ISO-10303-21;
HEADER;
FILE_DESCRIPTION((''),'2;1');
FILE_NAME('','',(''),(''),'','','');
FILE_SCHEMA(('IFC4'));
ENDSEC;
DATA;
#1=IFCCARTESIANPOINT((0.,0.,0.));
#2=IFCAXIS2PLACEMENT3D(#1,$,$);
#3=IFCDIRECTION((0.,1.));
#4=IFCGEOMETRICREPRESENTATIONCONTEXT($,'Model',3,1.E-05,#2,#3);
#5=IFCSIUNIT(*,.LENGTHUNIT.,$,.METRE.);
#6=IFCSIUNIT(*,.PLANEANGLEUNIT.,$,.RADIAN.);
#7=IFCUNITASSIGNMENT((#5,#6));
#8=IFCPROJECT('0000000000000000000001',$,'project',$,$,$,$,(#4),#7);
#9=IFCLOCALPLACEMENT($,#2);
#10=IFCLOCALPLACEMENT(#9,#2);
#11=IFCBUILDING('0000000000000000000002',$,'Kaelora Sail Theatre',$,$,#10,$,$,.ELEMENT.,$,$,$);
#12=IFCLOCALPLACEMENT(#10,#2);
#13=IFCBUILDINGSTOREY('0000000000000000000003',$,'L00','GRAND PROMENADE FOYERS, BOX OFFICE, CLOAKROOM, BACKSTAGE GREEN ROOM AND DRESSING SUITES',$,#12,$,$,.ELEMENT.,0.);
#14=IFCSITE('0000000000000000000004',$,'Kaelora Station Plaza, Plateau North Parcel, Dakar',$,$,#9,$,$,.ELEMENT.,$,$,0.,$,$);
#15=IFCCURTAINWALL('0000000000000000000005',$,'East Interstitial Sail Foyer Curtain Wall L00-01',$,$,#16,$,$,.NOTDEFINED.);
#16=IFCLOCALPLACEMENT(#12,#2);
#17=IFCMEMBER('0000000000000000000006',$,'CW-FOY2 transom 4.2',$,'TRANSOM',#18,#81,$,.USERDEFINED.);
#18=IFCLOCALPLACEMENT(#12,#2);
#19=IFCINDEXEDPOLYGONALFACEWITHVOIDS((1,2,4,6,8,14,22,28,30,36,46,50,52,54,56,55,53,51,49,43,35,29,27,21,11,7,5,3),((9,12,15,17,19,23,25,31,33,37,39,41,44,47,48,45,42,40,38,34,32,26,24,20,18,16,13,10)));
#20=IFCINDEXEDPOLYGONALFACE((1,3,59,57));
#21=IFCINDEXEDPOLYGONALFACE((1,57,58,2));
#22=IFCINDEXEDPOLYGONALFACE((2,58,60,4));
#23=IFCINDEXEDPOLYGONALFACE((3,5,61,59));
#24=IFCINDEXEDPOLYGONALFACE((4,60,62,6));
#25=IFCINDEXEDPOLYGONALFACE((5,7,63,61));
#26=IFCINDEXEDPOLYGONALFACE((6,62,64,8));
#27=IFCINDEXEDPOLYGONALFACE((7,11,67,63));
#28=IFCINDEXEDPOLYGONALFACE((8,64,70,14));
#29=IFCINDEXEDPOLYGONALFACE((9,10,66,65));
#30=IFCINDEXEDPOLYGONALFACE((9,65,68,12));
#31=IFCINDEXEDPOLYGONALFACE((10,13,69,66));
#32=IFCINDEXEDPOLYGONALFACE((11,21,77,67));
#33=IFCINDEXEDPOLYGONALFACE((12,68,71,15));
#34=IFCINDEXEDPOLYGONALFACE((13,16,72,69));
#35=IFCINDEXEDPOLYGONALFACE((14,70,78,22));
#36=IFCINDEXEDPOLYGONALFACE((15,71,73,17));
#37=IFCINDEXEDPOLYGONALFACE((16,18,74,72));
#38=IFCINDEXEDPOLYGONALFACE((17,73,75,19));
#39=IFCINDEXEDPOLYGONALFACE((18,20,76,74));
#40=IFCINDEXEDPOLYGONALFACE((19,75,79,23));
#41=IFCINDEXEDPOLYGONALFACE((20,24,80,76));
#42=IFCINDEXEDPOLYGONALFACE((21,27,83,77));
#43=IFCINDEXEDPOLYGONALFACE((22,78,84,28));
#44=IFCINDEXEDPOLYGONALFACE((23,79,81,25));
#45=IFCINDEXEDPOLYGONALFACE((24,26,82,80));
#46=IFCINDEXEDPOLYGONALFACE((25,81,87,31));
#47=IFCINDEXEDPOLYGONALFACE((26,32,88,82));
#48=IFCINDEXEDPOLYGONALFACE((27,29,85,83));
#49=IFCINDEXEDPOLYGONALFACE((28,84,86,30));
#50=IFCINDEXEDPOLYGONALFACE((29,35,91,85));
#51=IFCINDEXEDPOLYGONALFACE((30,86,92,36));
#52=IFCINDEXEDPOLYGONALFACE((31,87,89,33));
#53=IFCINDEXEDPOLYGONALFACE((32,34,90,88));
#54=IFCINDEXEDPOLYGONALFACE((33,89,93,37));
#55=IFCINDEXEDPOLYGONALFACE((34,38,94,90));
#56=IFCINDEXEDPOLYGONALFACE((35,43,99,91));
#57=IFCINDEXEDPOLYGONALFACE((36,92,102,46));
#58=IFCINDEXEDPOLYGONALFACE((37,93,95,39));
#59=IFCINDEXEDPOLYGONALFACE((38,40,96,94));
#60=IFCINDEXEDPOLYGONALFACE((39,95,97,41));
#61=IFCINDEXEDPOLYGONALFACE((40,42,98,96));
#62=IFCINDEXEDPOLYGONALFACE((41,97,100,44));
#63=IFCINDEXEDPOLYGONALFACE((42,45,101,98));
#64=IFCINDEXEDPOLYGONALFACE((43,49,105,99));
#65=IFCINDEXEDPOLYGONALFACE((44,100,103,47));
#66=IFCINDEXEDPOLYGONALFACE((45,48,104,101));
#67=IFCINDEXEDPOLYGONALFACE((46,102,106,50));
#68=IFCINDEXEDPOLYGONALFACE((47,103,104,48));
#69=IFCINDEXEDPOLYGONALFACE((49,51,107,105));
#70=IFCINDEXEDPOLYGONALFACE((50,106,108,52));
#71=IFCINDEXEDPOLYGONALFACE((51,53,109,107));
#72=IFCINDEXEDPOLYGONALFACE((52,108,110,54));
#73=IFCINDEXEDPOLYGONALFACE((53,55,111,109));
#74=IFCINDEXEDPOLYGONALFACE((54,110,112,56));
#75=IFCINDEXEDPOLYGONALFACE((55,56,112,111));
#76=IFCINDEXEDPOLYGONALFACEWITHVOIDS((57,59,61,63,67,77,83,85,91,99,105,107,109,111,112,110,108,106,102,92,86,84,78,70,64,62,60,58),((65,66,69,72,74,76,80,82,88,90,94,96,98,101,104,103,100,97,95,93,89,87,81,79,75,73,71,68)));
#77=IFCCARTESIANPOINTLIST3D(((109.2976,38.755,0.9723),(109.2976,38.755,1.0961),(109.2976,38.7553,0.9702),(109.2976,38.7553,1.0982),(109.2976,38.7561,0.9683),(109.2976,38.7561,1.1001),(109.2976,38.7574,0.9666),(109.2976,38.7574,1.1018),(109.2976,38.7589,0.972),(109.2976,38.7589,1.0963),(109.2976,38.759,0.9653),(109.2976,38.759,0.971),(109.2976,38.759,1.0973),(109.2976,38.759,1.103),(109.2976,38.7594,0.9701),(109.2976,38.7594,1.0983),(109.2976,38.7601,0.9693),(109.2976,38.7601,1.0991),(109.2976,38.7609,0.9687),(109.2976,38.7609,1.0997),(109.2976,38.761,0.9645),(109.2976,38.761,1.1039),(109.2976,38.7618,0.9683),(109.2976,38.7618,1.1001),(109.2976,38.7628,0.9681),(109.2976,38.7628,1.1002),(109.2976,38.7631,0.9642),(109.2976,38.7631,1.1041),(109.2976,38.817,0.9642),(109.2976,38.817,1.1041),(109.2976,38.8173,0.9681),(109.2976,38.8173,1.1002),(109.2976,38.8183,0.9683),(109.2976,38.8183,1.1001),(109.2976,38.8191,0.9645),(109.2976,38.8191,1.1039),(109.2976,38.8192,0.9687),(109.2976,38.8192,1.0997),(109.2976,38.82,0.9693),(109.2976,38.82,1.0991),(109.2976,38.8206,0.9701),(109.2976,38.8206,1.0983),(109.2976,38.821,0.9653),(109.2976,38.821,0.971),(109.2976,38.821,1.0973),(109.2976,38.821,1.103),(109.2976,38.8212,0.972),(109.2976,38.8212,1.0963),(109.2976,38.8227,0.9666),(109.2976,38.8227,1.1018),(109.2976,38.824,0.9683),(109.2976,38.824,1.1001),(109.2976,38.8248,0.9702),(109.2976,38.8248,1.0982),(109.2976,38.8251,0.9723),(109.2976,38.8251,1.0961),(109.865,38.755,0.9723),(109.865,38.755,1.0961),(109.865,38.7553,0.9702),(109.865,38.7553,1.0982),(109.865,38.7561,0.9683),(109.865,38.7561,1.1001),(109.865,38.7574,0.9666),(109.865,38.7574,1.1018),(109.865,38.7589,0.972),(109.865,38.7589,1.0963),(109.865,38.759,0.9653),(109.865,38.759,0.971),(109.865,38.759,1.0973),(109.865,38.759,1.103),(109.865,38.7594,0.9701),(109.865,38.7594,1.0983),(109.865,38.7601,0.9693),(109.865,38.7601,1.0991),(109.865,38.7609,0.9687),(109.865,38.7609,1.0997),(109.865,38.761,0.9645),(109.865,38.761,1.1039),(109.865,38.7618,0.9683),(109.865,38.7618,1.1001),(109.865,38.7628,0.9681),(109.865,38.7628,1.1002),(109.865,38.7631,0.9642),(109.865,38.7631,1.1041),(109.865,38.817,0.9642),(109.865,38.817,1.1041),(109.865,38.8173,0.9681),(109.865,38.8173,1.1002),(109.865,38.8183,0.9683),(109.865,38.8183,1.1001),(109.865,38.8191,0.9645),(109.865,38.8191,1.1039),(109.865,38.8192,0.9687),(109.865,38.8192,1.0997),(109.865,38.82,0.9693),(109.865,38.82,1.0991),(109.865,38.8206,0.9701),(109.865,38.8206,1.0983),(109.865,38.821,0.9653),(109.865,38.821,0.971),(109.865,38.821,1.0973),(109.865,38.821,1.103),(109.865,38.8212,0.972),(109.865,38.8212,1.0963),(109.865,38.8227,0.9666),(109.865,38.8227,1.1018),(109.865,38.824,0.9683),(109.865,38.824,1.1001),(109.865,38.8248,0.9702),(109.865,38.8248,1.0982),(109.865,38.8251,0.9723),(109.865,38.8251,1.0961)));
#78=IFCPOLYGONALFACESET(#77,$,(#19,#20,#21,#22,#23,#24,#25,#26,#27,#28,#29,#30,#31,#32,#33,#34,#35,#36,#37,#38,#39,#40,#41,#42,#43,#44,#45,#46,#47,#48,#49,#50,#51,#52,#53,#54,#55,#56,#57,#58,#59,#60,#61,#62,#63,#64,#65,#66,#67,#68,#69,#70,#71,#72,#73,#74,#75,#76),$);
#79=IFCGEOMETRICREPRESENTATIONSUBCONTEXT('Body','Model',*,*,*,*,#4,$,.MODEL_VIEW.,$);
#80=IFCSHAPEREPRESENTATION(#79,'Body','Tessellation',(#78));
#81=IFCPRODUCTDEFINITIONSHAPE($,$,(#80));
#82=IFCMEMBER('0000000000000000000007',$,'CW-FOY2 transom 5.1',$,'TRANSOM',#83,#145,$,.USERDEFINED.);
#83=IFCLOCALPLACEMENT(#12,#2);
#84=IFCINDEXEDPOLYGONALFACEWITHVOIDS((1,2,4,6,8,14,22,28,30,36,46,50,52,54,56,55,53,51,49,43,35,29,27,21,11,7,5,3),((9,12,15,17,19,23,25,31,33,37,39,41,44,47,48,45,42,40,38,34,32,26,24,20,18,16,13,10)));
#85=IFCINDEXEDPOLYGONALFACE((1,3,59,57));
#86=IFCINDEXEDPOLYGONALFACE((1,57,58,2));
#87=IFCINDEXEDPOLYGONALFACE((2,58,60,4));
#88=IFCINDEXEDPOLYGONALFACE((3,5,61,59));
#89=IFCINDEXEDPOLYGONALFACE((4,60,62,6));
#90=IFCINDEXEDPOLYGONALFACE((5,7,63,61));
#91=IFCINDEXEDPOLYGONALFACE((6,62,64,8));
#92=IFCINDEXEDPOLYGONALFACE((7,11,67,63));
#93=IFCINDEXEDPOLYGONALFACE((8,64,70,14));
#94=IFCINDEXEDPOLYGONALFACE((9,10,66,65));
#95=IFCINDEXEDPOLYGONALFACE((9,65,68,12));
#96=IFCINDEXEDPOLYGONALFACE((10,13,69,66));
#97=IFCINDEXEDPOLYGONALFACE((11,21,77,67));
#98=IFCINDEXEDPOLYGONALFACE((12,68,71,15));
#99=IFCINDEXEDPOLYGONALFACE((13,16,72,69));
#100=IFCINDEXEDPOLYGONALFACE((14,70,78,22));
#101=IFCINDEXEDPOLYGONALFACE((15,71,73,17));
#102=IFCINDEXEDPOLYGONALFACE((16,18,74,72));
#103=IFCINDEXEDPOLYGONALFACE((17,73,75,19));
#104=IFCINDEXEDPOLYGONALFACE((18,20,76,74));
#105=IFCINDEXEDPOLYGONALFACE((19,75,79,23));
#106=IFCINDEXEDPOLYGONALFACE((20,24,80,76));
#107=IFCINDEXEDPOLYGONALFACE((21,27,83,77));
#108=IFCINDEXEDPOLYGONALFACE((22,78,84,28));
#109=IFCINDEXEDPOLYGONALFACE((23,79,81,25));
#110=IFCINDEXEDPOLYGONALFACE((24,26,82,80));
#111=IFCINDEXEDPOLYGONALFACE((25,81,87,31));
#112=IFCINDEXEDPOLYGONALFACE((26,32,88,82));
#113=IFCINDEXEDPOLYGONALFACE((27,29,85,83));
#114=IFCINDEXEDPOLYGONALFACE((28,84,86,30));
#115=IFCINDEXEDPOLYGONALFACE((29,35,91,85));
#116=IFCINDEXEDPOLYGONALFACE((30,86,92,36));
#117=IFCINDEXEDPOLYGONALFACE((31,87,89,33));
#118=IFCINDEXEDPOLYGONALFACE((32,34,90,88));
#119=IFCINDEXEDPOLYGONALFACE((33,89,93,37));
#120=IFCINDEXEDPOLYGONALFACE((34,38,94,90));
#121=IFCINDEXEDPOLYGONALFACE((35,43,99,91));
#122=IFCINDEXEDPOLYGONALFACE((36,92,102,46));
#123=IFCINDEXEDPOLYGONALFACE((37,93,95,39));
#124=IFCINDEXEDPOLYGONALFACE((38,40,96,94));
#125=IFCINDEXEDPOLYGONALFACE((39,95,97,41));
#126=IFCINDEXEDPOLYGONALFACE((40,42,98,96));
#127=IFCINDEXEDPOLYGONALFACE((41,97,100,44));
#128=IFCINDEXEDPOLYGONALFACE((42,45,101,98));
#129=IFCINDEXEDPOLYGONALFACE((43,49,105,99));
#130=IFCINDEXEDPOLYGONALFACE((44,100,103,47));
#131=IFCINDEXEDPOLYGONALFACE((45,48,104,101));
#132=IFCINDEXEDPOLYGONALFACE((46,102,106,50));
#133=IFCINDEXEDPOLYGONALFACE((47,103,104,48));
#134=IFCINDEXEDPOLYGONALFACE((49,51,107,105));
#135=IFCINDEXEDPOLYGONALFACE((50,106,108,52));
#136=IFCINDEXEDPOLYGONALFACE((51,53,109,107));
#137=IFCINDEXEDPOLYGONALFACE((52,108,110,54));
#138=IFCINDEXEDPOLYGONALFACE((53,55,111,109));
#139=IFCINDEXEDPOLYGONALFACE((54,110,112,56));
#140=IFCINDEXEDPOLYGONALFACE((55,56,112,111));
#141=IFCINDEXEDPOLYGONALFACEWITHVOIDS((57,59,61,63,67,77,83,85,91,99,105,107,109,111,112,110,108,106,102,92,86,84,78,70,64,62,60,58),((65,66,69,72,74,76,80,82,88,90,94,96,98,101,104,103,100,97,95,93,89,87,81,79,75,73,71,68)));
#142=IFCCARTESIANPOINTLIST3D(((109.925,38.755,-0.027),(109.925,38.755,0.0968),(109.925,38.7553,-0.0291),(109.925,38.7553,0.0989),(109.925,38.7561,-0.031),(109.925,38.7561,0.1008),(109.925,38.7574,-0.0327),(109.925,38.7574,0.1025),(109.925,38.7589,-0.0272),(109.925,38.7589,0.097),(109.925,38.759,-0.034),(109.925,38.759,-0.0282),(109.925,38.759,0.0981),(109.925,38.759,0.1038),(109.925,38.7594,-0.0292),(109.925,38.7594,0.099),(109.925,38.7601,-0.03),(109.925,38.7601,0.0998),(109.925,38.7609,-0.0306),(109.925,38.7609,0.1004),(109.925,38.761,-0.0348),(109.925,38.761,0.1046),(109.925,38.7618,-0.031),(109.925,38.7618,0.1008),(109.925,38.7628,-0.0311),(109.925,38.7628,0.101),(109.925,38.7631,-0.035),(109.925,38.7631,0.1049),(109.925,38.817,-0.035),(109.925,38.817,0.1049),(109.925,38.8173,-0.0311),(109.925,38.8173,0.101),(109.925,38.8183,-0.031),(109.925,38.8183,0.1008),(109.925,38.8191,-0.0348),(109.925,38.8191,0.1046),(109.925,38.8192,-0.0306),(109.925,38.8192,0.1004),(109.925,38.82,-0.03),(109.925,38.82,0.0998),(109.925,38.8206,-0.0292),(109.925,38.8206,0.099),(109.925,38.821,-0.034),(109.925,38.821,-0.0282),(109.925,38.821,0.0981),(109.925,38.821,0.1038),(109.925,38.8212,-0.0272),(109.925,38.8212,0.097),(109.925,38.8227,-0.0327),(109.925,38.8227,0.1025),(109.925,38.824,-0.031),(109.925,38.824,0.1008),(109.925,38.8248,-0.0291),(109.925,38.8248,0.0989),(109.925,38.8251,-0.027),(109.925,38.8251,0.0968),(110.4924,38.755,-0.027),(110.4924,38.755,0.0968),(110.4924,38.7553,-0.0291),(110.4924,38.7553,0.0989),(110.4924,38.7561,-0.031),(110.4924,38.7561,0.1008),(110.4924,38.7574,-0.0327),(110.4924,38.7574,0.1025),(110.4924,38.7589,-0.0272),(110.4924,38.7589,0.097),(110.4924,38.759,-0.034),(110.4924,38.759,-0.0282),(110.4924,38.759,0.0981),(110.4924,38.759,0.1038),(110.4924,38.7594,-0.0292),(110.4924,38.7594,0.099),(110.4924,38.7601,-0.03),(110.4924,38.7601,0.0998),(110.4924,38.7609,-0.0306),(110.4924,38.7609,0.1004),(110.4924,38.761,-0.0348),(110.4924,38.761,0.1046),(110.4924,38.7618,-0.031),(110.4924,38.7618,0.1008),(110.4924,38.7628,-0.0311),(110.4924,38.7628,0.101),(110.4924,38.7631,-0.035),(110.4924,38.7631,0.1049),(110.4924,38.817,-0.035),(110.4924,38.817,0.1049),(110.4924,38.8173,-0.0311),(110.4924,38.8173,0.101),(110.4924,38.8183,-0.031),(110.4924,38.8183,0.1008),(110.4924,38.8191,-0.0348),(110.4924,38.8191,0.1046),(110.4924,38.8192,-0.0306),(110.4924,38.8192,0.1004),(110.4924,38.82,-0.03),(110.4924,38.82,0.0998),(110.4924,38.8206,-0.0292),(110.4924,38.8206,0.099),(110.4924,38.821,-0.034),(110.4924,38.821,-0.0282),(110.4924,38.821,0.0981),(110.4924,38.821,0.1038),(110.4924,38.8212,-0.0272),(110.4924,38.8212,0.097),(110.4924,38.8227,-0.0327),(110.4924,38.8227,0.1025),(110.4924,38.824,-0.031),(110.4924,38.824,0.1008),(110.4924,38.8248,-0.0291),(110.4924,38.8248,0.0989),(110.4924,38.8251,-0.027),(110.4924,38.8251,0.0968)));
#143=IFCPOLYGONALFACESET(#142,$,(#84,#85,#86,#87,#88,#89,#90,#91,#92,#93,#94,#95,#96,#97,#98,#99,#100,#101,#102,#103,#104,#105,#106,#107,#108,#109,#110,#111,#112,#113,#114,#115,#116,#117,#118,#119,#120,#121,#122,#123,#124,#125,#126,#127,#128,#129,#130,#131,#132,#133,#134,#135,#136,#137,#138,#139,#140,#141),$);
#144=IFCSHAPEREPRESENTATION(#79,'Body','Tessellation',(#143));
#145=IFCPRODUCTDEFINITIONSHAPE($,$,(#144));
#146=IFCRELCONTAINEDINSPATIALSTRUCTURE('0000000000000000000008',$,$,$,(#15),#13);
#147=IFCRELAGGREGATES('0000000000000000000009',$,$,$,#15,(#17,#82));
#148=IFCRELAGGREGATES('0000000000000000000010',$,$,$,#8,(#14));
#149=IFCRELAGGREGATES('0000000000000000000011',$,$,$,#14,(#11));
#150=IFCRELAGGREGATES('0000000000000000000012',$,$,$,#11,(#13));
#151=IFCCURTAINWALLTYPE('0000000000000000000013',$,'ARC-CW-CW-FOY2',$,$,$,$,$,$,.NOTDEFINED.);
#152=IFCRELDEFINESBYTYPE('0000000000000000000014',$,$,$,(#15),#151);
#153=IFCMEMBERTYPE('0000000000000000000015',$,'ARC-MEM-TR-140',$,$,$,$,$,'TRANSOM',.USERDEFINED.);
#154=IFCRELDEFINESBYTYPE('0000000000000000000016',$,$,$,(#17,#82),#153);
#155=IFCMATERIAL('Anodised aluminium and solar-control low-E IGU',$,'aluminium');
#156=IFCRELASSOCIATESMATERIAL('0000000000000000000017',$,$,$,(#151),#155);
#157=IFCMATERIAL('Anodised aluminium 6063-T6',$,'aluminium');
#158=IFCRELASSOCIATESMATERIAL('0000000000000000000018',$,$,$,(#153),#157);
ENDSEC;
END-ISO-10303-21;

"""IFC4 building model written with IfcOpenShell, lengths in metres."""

from ifc_helpers import new_model, si_unit, direction, frame, origin, origin_2d, place, context, subcontext, project, spatial, hollow_rectangle, extrude, material, material_profile, profile_set, type_object, element, aggregate, save


model = new_model("IFC4")

# Units and contexts
model_context = context("Model", 3, precision=1e-05, world=origin(), true_north=direction((0.0, 1.0)))
body_context = subcontext(model_context, "Body", "Model", "MODEL_VIEW")
ifc_project = project(units=[si_unit("LENGTHUNIT", "METRE"), si_unit("PLANEANGLEUNIT", "RADIAN")], contexts=[model_context])

# Site, building, storey
site_placement = place(None, origin())
site = spatial("IfcSite", under=ifc_project, at=site_placement, Name="Kaelora Station Plaza, Plateau North Parcel, Dakar", CompositionType="ELEMENT", RefElevation=0.0)
building_placement = place(site_placement, origin())
building = spatial("IfcBuilding", under=site, at=building_placement, Name="Kaelora Sail Theatre", CompositionType="ELEMENT")
storey_placement = place(building_placement, origin())
storey = spatial("IfcBuildingStorey", under=building, at=storey_placement, Name="L00", Description="GRAND PROMENADE FOYERS, BOX OFFICE, CLOAKROOM, BACKSTAGE GREEN ROOM AND DRESSING SUITES", CompositionType="ELEMENT", Elevation=0.0)

# Curtain wall
ifc_material_1 = material(Name="Anodised aluminium and solar-control low-E IGU", Category="aluminium")
curtain_wall_type = type_object("IfcCurtainWallType", Name="ARC-CW-CW-FOY2", PredefinedType="NOTDEFINED", material=ifc_material_1)
curtain_wall_1_placement = place(storey_placement, origin())
curtain_wall_1 = element("IfcCurtainWall", 1, at=curtain_wall_1_placement, inside=storey, type_object=curtain_wall_type, Name="East Interstitial Sail Foyer Curtain Wall L00-01", PredefinedType="NOTDEFINED")

# Members
ifc_material_2 = material(Name="Anodised aluminium 6063-T6", Category="aluminium")
ifc_material_profile_1 = material_profile(ifc_material_2, hollow_rectangle(XDim=0.0701, YDim=0.1399, WallThickness=0.0039, InnerFilletRadius=0.0039, OuterFilletRadius=0.0081, at=origin_2d()), Name="ALU-TRAN 70x140x4")
ifc_profile_set_1 = profile_set([ifc_material_profile_1], Name="Anodised aluminium 6063-T6")
member_type_1 = type_object("IfcMemberType", Name="ARC-MEM-TR-140", ElementType="TRANSOM", PredefinedType="USERDEFINED", material=ifc_profile_set_1)
member_1_placement = place(storey_placement, frame((109.2976, 38.79, 1.0342), z_axis=(1.0, 0.0, 0.0), x_axis=(0.0, 1.0, 0.0)))
member_1 = element("IfcMember", 2, at=member_1_placement, type_object=member_type_1, Name="CW-FOY2 transom 4.2", ObjectType="TRANSOM", PredefinedType="USERDEFINED", context=body_context, shape_type="SweptSolid", body=[
    extrude(hollow_rectangle(XDim=0.0701, YDim=0.1399, WallThickness=0.0039, InnerFilletRadius=0.0039, OuterFilletRadius=0.0081, at=origin_2d()), origin(), (0.0, 0.0, 1.0), 0.5674),
])
member_2_placement = place(storey_placement, frame((109.925, 38.79, 0.0349), z_axis=(1.0, 0.0, 0.0), x_axis=(0.0, 1.0, 0.0)))
member_2 = element("IfcMember", 3, at=member_2_placement, type_object=member_type_1, Name="CW-FOY2 transom 5.1", ObjectType="TRANSOM", PredefinedType="USERDEFINED", context=body_context, shape_type="SweptSolid", body=[
    extrude(hollow_rectangle(XDim=0.0701, YDim=0.1399, WallThickness=0.0039, InnerFilletRadius=0.0039, OuterFilletRadius=0.0081, at=origin_2d()), origin(), (0.0, 0.0, 1.0), 0.5674),
])

aggregate(curtain_wall_1, [member_1, member_2])

save(model, "model.ifc")
